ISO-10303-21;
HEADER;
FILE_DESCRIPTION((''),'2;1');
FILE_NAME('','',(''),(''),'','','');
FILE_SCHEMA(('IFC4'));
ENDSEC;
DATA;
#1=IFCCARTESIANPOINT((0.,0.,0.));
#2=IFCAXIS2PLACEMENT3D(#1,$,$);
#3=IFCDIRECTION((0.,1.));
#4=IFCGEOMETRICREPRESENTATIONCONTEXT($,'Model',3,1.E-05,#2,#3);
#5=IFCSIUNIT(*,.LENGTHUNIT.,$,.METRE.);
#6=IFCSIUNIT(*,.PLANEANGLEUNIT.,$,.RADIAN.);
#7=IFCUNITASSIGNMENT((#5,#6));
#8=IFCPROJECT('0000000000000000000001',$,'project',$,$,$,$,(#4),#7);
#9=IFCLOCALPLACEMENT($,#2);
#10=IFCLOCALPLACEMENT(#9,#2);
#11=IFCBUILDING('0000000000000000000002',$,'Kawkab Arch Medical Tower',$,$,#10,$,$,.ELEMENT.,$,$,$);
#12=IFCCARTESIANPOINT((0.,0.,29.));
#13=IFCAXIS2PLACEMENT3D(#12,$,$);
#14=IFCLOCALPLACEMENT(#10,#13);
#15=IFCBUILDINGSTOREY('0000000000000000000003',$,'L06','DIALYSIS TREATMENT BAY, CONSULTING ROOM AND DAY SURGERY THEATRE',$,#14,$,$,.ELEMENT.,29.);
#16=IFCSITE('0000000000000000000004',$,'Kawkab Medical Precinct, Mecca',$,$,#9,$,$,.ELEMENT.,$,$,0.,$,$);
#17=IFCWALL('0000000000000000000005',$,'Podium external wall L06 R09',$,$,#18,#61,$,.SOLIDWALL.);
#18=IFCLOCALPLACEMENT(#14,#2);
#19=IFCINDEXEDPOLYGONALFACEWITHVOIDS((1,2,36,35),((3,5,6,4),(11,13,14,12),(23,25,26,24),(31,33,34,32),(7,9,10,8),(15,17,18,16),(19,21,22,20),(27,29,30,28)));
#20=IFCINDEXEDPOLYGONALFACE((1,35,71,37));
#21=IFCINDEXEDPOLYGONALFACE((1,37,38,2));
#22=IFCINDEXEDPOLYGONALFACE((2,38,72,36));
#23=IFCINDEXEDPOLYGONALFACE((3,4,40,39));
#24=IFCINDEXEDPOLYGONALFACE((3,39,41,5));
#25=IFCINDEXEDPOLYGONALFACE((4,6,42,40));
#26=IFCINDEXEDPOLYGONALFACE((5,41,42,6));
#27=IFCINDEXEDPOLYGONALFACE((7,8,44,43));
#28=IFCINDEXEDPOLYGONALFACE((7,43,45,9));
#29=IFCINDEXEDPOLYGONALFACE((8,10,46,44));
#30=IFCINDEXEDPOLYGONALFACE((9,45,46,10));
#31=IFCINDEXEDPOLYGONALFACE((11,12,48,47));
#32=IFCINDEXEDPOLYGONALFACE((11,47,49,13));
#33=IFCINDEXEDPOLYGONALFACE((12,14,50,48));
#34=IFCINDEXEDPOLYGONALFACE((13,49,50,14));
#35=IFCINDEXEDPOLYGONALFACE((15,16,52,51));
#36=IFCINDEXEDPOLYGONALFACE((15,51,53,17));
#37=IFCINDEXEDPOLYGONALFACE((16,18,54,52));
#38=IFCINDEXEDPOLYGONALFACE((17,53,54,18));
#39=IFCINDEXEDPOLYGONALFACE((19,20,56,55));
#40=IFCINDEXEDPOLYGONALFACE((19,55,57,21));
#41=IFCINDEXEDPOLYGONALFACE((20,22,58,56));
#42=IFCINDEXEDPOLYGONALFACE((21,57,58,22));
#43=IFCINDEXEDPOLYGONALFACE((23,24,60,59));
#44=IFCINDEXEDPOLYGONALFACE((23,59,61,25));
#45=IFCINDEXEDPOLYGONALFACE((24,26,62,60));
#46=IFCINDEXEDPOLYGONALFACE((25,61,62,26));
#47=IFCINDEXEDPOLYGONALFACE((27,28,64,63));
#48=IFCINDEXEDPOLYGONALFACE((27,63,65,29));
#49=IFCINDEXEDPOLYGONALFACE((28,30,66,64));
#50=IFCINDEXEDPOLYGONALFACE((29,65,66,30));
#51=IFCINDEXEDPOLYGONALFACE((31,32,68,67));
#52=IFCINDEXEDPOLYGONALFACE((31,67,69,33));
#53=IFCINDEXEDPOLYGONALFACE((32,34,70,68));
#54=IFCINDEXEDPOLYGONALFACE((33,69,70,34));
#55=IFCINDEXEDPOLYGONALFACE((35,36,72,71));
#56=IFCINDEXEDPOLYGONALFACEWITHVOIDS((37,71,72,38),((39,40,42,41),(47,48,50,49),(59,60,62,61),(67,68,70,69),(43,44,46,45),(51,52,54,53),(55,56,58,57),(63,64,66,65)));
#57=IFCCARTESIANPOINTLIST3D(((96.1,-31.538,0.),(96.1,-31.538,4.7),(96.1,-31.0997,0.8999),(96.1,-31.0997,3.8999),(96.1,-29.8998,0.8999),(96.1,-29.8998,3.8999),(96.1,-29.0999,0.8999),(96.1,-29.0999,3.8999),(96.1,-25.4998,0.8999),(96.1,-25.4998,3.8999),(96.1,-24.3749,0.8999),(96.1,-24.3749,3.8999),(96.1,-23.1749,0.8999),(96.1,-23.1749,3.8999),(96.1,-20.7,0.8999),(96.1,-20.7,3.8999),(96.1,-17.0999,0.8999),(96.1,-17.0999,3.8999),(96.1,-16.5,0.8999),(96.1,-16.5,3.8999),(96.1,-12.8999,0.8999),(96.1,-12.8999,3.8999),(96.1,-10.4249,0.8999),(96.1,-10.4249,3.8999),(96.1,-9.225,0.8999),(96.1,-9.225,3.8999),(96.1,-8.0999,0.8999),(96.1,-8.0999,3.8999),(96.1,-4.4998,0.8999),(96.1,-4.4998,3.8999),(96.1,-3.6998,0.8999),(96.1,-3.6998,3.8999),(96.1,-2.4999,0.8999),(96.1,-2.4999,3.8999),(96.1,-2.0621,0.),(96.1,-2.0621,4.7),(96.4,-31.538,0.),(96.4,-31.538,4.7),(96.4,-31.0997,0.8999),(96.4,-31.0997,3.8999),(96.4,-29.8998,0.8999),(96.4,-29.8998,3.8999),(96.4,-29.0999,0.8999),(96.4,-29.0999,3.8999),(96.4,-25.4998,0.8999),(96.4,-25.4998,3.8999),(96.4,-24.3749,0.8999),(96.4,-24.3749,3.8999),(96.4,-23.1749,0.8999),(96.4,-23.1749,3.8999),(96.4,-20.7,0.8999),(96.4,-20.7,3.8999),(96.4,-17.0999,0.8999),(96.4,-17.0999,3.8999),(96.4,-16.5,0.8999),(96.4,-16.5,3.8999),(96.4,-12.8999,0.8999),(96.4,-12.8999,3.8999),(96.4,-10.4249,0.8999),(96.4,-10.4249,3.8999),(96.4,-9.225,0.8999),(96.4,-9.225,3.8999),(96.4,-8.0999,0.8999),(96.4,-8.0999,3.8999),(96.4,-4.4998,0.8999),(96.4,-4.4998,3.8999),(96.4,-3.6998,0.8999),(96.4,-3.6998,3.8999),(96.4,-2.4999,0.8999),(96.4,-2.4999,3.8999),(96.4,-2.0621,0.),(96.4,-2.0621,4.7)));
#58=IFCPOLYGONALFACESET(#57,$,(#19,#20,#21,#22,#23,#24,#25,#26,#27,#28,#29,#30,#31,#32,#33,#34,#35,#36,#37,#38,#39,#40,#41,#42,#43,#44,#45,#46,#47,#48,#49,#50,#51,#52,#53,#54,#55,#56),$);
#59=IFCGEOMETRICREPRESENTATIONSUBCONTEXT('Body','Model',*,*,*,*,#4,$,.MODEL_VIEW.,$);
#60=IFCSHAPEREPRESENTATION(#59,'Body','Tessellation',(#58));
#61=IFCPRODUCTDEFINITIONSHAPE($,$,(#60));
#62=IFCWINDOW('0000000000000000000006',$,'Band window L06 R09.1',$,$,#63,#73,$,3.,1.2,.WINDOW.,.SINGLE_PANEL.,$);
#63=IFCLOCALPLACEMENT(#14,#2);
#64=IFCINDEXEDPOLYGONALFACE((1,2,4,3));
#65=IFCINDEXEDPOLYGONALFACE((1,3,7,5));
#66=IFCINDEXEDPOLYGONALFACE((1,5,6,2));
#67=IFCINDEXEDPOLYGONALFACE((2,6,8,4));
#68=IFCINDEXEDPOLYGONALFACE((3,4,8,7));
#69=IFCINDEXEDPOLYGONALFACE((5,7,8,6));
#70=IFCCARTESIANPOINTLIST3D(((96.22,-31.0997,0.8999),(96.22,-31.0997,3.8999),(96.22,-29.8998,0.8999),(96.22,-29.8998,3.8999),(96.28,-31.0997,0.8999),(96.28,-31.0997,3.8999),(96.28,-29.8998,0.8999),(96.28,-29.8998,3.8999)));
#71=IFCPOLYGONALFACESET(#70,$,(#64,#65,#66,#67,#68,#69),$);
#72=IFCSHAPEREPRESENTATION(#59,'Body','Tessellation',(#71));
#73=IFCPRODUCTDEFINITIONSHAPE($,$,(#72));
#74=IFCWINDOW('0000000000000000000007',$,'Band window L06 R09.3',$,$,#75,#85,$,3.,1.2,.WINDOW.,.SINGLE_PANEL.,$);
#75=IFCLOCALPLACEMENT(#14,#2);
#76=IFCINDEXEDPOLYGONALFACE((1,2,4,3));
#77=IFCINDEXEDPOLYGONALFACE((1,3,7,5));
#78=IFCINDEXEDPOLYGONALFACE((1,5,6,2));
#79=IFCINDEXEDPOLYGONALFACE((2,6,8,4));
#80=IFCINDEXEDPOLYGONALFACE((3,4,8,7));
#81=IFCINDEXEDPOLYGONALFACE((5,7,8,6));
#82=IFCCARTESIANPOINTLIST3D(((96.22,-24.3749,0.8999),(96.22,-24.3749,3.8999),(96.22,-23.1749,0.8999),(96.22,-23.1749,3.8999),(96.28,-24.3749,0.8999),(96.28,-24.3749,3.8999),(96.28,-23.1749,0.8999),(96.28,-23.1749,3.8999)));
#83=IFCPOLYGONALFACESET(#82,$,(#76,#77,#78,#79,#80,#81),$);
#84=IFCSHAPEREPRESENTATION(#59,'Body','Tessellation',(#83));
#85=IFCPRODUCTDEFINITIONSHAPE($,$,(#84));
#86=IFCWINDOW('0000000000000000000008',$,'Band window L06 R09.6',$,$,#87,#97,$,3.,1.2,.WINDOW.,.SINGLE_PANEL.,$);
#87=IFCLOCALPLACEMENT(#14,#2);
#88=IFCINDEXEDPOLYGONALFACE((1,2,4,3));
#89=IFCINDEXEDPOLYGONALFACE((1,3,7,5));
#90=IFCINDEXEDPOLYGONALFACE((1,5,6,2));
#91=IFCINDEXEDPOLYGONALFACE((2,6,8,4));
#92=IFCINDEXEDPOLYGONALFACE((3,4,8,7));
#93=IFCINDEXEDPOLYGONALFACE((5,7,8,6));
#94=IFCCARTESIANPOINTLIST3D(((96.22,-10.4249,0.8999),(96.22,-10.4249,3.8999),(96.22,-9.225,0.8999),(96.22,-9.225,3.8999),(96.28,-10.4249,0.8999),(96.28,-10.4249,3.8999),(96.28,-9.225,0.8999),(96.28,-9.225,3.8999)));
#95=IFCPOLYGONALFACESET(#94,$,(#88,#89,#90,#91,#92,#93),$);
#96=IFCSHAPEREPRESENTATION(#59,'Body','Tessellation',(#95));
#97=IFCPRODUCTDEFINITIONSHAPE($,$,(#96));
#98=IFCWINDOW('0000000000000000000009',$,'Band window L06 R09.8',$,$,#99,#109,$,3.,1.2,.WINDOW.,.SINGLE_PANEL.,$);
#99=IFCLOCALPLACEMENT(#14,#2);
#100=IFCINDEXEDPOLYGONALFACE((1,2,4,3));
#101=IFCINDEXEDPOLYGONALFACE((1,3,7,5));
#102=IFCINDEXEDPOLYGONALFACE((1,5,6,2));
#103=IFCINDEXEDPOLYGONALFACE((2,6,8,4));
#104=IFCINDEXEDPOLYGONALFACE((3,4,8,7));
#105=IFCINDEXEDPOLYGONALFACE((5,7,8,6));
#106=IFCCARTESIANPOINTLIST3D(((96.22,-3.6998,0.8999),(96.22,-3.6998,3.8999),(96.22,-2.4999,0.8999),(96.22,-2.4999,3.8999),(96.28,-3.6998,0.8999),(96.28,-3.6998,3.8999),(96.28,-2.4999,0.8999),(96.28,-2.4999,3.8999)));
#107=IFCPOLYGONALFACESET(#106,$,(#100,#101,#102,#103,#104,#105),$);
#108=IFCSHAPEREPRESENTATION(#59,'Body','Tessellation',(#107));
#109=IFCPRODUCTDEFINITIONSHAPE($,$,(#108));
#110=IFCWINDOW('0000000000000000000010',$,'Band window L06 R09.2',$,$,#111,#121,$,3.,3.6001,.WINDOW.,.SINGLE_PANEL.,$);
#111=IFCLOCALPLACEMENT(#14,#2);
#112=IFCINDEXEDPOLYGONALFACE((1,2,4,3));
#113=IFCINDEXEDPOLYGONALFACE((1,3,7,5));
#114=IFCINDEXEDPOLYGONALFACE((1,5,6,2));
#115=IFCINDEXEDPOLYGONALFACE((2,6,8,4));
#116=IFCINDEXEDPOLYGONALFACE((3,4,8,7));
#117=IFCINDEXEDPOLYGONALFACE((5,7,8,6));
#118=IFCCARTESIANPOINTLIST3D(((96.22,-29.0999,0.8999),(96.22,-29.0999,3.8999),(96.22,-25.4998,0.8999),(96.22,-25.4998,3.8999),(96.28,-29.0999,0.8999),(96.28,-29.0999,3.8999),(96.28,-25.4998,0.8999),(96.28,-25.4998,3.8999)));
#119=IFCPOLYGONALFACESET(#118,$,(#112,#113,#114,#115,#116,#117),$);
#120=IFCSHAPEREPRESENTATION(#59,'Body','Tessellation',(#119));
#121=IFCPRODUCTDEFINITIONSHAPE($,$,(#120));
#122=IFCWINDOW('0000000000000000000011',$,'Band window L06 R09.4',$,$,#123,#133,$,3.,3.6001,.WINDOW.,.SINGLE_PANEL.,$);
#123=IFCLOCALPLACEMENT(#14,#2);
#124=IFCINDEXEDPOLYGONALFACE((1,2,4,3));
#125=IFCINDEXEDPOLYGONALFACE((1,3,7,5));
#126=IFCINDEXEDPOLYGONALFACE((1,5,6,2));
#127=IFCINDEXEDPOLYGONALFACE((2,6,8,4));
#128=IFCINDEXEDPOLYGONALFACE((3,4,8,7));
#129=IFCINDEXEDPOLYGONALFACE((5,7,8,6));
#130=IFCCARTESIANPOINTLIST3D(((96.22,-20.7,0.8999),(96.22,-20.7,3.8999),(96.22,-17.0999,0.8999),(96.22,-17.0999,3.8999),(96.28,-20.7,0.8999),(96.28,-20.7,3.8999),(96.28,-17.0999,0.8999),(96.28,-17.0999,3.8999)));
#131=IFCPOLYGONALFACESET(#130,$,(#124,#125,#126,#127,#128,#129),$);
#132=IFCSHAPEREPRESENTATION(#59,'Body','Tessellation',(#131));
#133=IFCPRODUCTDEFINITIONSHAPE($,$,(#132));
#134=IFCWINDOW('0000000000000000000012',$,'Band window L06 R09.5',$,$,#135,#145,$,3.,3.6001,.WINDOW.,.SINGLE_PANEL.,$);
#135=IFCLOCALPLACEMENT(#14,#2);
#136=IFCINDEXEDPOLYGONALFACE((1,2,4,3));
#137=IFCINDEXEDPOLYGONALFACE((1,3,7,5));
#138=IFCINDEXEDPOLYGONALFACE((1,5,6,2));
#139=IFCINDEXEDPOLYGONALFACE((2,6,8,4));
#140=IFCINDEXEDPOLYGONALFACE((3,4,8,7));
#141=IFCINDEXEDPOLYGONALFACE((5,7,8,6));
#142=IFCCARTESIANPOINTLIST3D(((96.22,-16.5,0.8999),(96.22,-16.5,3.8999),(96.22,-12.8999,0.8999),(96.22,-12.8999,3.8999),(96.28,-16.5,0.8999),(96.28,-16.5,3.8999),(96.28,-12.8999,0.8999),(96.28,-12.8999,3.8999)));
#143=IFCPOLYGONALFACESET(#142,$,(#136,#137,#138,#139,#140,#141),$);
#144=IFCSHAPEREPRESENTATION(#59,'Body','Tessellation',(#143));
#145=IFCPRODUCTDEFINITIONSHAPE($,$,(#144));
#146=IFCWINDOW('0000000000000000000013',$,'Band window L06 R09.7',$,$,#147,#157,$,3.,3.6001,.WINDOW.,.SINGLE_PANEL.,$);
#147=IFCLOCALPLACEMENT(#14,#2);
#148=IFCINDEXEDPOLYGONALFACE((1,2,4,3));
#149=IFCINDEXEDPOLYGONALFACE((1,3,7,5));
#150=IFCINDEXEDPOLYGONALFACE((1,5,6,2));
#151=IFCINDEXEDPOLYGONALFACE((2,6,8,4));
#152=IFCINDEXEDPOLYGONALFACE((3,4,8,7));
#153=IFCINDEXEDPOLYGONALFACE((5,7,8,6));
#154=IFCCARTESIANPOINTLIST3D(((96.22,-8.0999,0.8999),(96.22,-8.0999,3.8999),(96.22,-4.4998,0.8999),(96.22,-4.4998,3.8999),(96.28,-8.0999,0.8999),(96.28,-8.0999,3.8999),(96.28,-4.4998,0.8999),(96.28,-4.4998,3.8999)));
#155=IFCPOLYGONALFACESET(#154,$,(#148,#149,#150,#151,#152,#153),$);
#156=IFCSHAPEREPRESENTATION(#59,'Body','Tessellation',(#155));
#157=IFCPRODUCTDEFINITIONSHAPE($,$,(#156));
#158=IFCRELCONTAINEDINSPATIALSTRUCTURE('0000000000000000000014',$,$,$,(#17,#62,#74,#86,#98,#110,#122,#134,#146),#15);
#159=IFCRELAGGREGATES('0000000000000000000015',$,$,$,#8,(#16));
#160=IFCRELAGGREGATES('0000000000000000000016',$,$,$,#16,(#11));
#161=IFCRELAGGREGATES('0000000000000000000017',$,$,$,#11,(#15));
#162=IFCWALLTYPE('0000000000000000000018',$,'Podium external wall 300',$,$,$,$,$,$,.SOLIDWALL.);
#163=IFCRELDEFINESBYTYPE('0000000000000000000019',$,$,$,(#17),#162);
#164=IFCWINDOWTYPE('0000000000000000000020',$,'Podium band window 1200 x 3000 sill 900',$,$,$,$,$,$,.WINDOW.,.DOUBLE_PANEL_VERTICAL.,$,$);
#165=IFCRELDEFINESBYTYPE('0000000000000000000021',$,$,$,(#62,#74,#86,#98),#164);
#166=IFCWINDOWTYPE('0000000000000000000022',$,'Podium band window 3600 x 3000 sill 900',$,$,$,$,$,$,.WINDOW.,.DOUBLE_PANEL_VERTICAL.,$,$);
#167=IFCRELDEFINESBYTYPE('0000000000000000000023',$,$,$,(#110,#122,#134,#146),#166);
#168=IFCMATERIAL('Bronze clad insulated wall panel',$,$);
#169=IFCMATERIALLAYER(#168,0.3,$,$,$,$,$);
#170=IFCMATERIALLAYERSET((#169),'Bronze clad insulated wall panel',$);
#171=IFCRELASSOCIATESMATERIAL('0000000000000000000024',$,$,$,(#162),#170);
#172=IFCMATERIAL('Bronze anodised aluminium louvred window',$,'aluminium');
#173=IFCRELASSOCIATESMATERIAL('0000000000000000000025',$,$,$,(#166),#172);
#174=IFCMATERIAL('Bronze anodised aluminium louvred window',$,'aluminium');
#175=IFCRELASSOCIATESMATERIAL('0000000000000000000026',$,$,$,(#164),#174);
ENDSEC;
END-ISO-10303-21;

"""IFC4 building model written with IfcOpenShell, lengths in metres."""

from ifc_helpers import new_model, si_unit, direction, frame, frame_2d, origin, place, context, subcontext, project, spatial, rectangle, extrude, material, layer, layer_set, type_object, element, fill, save


model = new_model("IFC4")

# Units and contexts
model_context = context("Model", 3, precision=1e-05, world=origin(), true_north=direction((0.0, 1.0)))
body_context = subcontext(model_context, "Body", "Model", "MODEL_VIEW")
ifc_project = project(units=[si_unit("LENGTHUNIT", "METRE"), si_unit("PLANEANGLEUNIT", "RADIAN")], contexts=[model_context])

# Site, building, storey
site_placement = place(None, origin())
site = spatial("IfcSite", under=ifc_project, at=site_placement, Name="Kawkab Medical Precinct, Mecca", CompositionType="ELEMENT", RefElevation=0.0)
building_placement = place(site_placement, origin())
building = spatial("IfcBuilding", under=site, at=building_placement, Name="Kawkab Arch Medical Tower", CompositionType="ELEMENT")
storey_placement = place(building_placement, frame((0.0, 0.0, 29.0)))
storey = spatial("IfcBuildingStorey", under=building, at=storey_placement, Name="L06", Description="DIALYSIS TREATMENT BAY, CONSULTING ROOM AND DAY SURGERY THEATRE", CompositionType="ELEMENT", Elevation=29.0)

# Wall, openings, windows
ifc_material_1 = material(Name="Bronze clad insulated wall panel")
ifc_layer_1 = layer(ifc_material_1, 0.3)
ifc_layer_set_1 = layer_set([ifc_layer_1], Name="Bronze clad insulated wall panel")
wall_type_1 = type_object("IfcWallType", Name="Podium external wall 300", PredefinedType="SOLIDWALL", material=ifc_layer_set_1)
ifc_material_2 = material(Name="Bronze anodised aluminium louvred window", Category="aluminium")
window_type_1 = type_object("IfcWindowType", Name="Podium band window 3600 x 3000 sill 900", PartitioningType="DOUBLE_PANEL_VERTICAL", PredefinedType="WINDOW", material=ifc_material_2)
wall_1_placement = place(storey_placement, frame((96.25, -31.5378, 0.0), z_axis=(0.0, 0.0, 1.0), x_axis=(0.0, 1.0, 0.0)))
wall_1 = element("IfcWall", 1, at=wall_1_placement, inside=storey, type_object=wall_type_1, Name="Podium external wall L06 R09", PredefinedType="SOLIDWALL", context=body_context, shape_type="SweptSolid", body=[
    extrude(rectangle(XDim=29.4758, YDim=0.3, at=frame_2d((14.7378, 0.0))), origin(), (0.0, 0.0, 1.0), 4.7),
])
opening_1_placement = place(wall_1_placement, frame((0.438, 0.0, 0.8999)))
opening_1 = element("IfcOpeningElement", 2, at=opening_1_placement, cuts=wall_1, PredefinedType="OPENING", context=body_context, shape_type="SweptSolid", body=[
    extrude(rectangle(XDim=1.2, YDim=3.0, at=frame_2d((0.6001, 1.5))), frame((0.0, 0.1599, 0.0), z_axis=(0.0, -1.0, 0.0), x_axis=(1.0, 0.0, 0.0)), (0.0, 0.0, 1.0), 0.3201),
])
opening_2_placement = place(wall_1_placement, frame((2.438, 0.0, 0.8999)))
opening_2 = element("IfcOpeningElement", 3, at=opening_2_placement, cuts=wall_1, PredefinedType="OPENING", context=body_context, shape_type="SweptSolid", body=[
    extrude(rectangle(XDim=3.6001, YDim=3.0, at=frame_2d((1.8, 1.5))), frame((0.0, 0.1599, 0.0), z_axis=(0.0, -1.0, 0.0), x_axis=(1.0, 0.0, 0.0)), (0.0, 0.0, 1.0), 0.3201),
])
opening_3_placement = place(wall_1_placement, frame((7.1628, 0.0, 0.8999)))
opening_3 = element("IfcOpeningElement", 4, at=opening_3_placement, cuts=wall_1, PredefinedType="OPENING", context=body_context, shape_type="SweptSolid", body=[
    extrude(rectangle(XDim=1.2, YDim=3.0, at=frame_2d((0.6001, 1.5))), frame((0.0, 0.1599, 0.0), z_axis=(0.0, -1.0, 0.0), x_axis=(1.0, 0.0, 0.0)), (0.0, 0.0, 1.0), 0.3201),
])
opening_4_placement = place(wall_1_placement, frame((10.8379, 0.0, 0.8999)))
opening_4 = element("IfcOpeningElement", 5, at=opening_4_placement, cuts=wall_1, PredefinedType="OPENING", context=body_context, shape_type="SweptSolid", body=[
    extrude(rectangle(XDim=3.6001, YDim=3.0, at=frame_2d((1.8, 1.5))), frame((0.0, 0.1599, 0.0), z_axis=(0.0, -1.0, 0.0), x_axis=(1.0, 0.0, 0.0)), (0.0, 0.0, 1.0), 0.3201),
])
opening_5_placement = place(wall_1_placement, frame((15.0378, 0.0, 0.8999)))
opening_5 = element("IfcOpeningElement", 6, at=opening_5_placement, cuts=wall_1, PredefinedType="OPENING", context=body_context, shape_type="SweptSolid", body=[
    extrude(rectangle(XDim=3.6001, YDim=3.0, at=frame_2d((1.8, 1.5))), frame((0.0, 0.1599, 0.0), z_axis=(0.0, -1.0, 0.0), x_axis=(1.0, 0.0, 0.0)), (0.0, 0.0, 1.0), 0.3201),
])
opening_6_placement = place(wall_1_placement, frame((21.1128, 0.0, 0.8999)))
opening_6 = element("IfcOpeningElement", 7, at=opening_6_placement, cuts=wall_1, PredefinedType="OPENING", context=body_context, shape_type="SweptSolid", body=[
    extrude(rectangle(XDim=1.2, YDim=3.0, at=frame_2d((0.6001, 1.5))), frame((0.0, 0.1599, 0.0), z_axis=(0.0, -1.0, 0.0), x_axis=(1.0, 0.0, 0.0)), (0.0, 0.0, 1.0), 0.3201),
])
opening_7_placement = place(wall_1_placement, frame((23.438, 0.0, 0.8999)))
opening_7 = element("IfcOpeningElement", 8, at=opening_7_placement, cuts=wall_1, PredefinedType="OPENING", context=body_context, shape_type="SweptSolid", body=[
    extrude(rectangle(XDim=3.6001, YDim=3.0, at=frame_2d((1.8, 1.5))), frame((0.0, 0.1599, 0.0), z_axis=(0.0, -1.0, 0.0), x_axis=(1.0, 0.0, 0.0)), (0.0, 0.0, 1.0), 0.3201),
])
opening_8_placement = place(wall_1_placement, frame((27.8379, 0.0, 0.8999)))
opening_8 = element("IfcOpeningElement", 9, at=opening_8_placement, cuts=wall_1, PredefinedType="OPENING", context=body_context, shape_type="SweptSolid", body=[
    extrude(rectangle(XDim=1.2, YDim=3.0, at=frame_2d((0.6001, 1.5))), frame((0.0, 0.1599, 0.0), z_axis=(0.0, -1.0, 0.0), x_axis=(1.0, 0.0, 0.0)), (0.0, 0.0, 1.0), 0.3201),
])
ifc_material_3 = material(Name="Bronze anodised aluminium louvred window", Category="aluminium")
window_type_2 = type_object("IfcWindowType", Name="Podium band window 1200 x 3000 sill 900", PartitioningType="DOUBLE_PANEL_VERTICAL", PredefinedType="WINDOW", material=ifc_material_3)
window_1_placement = place(opening_1_placement, origin())
window_1 = element("IfcWindow", 10, at=window_1_placement, inside=storey, type_object=window_type_2, Name="Band window L06 R09.1", OverallHeight=3.0, OverallWidth=1.2, PartitioningType="SINGLE_PANEL", PredefinedType="WINDOW", context=body_context, shape_type="SweptSolid", body=[
    extrude(rectangle(XDim=1.2, YDim=3.0, at=frame_2d((0.6001, 1.5))), frame((0.0, 0.03, 0.0), z_axis=(0.0, -1.0, 0.0), x_axis=(1.0, 0.0, 0.0)), (0.0, 0.0, 1.0), 0.0601),
])
fill(opening_1, window_1)
window_2_placement = place(opening_3_placement, origin())
window_2 = element("IfcWindow", 11, at=window_2_placement, inside=storey, type_object=window_type_2, Name="Band window L06 R09.3", OverallHeight=3.0, OverallWidth=1.2, PartitioningType="SINGLE_PANEL", PredefinedType="WINDOW", context=body_context, shape_type="SweptSolid", body=[
    extrude(rectangle(XDim=1.2, YDim=3.0, at=frame_2d((0.6001, 1.5))), frame((0.0, 0.03, 0.0), z_axis=(0.0, -1.0, 0.0), x_axis=(1.0, 0.0, 0.0)), (0.0, 0.0, 1.0), 0.0601),
])
fill(opening_3, window_2)
window_3_placement = place(opening_6_placement, origin())
window_3 = element("IfcWindow", 12, at=window_3_placement, inside=storey, type_object=window_type_2, Name="Band window L06 R09.6", OverallHeight=3.0, OverallWidth=1.2, PartitioningType="SINGLE_PANEL", PredefinedType="WINDOW", context=body_context, shape_type="SweptSolid", body=[
    extrude(rectangle(XDim=1.2, YDim=3.0, at=frame_2d((0.6001, 1.5))), frame((0.0, 0.03, 0.0), z_axis=(0.0, -1.0, 0.0), x_axis=(1.0, 0.0, 0.0)), (0.0, 0.0, 1.0), 0.0601),
])
fill(opening_6, window_3)
window_4_placement = place(opening_8_placement, origin())
window_4 = element("IfcWindow", 13, at=window_4_placement, inside=storey, type_object=window_type_2, Name="Band window L06 R09.8", OverallHeight=3.0, OverallWidth=1.2, PartitioningType="SINGLE_PANEL", PredefinedType="WINDOW", context=body_context, shape_type="SweptSolid", body=[
    extrude(rectangle(XDim=1.2, YDim=3.0, at=frame_2d((0.6001, 1.5))), frame((0.0, 0.03, 0.0), z_axis=(0.0, -1.0, 0.0), x_axis=(1.0, 0.0, 0.0)), (0.0, 0.0, 1.0), 0.0601),
])
fill(opening_8, window_4)
window_5_placement = place(opening_2_placement, origin())
window_5 = element("IfcWindow", 14, at=window_5_placement, inside=storey, type_object=window_type_1, Name="Band window L06 R09.2", OverallHeight=3.0, OverallWidth=3.6001, PartitioningType="SINGLE_PANEL", PredefinedType="WINDOW", context=body_context, shape_type="SweptSolid", body=[
    extrude(rectangle(XDim=3.6001, YDim=3.0, at=frame_2d((1.8, 1.5))), frame((0.0, 0.03, 0.0), z_axis=(0.0, -1.0, 0.0), x_axis=(1.0, 0.0, 0.0)), (0.0, 0.0, 1.0), 0.0601),
])
fill(opening_2, window_5)
window_6_placement = place(opening_4_placement, origin())
window_6 = element("IfcWindow", 15, at=window_6_placement, inside=storey, type_object=window_type_1, Name="Band window L06 R09.4", OverallHeight=3.0, OverallWidth=3.6001, PartitioningType="SINGLE_PANEL", PredefinedType="WINDOW", context=body_context, shape_type="SweptSolid", body=[
    extrude(rectangle(XDim=3.6001, YDim=3.0, at=frame_2d((1.8, 1.5))), frame((0.0, 0.03, 0.0), z_axis=(0.0, -1.0, 0.0), x_axis=(1.0, 0.0, 0.0)), (0.0, 0.0, 1.0), 0.0601),
])
fill(opening_4, window_6)
window_7_placement = place(opening_5_placement, origin())
window_7 = element("IfcWindow", 16, at=window_7_placement, inside=storey, type_object=window_type_1, Name="Band window L06 R09.5", OverallHeight=3.0, OverallWidth=3.6001, PartitioningType="SINGLE_PANEL", PredefinedType="WINDOW", context=body_context, shape_type="SweptSolid", body=[
    extrude(rectangle(XDim=3.6001, YDim=3.0, at=frame_2d((1.8, 1.5))), frame((0.0, 0.03, 0.0), z_axis=(0.0, -1.0, 0.0), x_axis=(1.0, 0.0, 0.0)), (0.0, 0.0, 1.0), 0.0601),
])
fill(opening_5, window_7)
window_8_placement = place(opening_7_placement, origin())
window_8 = element("IfcWindow", 17, at=window_8_placement, inside=storey, type_object=window_type_1, Name="Band window L06 R09.7", OverallHeight=3.0, OverallWidth=3.6001, PartitioningType="SINGLE_PANEL", PredefinedType="WINDOW", context=body_context, shape_type="SweptSolid", body=[
    extrude(rectangle(XDim=3.6001, YDim=3.0, at=frame_2d((1.8, 1.5))), frame((0.0, 0.03, 0.0), z_axis=(0.0, -1.0, 0.0), x_axis=(1.0, 0.0, 0.0)), (0.0, 0.0, 1.0), 0.0601),
])
fill(opening_7, window_8)

save(model, "model.ifc")
